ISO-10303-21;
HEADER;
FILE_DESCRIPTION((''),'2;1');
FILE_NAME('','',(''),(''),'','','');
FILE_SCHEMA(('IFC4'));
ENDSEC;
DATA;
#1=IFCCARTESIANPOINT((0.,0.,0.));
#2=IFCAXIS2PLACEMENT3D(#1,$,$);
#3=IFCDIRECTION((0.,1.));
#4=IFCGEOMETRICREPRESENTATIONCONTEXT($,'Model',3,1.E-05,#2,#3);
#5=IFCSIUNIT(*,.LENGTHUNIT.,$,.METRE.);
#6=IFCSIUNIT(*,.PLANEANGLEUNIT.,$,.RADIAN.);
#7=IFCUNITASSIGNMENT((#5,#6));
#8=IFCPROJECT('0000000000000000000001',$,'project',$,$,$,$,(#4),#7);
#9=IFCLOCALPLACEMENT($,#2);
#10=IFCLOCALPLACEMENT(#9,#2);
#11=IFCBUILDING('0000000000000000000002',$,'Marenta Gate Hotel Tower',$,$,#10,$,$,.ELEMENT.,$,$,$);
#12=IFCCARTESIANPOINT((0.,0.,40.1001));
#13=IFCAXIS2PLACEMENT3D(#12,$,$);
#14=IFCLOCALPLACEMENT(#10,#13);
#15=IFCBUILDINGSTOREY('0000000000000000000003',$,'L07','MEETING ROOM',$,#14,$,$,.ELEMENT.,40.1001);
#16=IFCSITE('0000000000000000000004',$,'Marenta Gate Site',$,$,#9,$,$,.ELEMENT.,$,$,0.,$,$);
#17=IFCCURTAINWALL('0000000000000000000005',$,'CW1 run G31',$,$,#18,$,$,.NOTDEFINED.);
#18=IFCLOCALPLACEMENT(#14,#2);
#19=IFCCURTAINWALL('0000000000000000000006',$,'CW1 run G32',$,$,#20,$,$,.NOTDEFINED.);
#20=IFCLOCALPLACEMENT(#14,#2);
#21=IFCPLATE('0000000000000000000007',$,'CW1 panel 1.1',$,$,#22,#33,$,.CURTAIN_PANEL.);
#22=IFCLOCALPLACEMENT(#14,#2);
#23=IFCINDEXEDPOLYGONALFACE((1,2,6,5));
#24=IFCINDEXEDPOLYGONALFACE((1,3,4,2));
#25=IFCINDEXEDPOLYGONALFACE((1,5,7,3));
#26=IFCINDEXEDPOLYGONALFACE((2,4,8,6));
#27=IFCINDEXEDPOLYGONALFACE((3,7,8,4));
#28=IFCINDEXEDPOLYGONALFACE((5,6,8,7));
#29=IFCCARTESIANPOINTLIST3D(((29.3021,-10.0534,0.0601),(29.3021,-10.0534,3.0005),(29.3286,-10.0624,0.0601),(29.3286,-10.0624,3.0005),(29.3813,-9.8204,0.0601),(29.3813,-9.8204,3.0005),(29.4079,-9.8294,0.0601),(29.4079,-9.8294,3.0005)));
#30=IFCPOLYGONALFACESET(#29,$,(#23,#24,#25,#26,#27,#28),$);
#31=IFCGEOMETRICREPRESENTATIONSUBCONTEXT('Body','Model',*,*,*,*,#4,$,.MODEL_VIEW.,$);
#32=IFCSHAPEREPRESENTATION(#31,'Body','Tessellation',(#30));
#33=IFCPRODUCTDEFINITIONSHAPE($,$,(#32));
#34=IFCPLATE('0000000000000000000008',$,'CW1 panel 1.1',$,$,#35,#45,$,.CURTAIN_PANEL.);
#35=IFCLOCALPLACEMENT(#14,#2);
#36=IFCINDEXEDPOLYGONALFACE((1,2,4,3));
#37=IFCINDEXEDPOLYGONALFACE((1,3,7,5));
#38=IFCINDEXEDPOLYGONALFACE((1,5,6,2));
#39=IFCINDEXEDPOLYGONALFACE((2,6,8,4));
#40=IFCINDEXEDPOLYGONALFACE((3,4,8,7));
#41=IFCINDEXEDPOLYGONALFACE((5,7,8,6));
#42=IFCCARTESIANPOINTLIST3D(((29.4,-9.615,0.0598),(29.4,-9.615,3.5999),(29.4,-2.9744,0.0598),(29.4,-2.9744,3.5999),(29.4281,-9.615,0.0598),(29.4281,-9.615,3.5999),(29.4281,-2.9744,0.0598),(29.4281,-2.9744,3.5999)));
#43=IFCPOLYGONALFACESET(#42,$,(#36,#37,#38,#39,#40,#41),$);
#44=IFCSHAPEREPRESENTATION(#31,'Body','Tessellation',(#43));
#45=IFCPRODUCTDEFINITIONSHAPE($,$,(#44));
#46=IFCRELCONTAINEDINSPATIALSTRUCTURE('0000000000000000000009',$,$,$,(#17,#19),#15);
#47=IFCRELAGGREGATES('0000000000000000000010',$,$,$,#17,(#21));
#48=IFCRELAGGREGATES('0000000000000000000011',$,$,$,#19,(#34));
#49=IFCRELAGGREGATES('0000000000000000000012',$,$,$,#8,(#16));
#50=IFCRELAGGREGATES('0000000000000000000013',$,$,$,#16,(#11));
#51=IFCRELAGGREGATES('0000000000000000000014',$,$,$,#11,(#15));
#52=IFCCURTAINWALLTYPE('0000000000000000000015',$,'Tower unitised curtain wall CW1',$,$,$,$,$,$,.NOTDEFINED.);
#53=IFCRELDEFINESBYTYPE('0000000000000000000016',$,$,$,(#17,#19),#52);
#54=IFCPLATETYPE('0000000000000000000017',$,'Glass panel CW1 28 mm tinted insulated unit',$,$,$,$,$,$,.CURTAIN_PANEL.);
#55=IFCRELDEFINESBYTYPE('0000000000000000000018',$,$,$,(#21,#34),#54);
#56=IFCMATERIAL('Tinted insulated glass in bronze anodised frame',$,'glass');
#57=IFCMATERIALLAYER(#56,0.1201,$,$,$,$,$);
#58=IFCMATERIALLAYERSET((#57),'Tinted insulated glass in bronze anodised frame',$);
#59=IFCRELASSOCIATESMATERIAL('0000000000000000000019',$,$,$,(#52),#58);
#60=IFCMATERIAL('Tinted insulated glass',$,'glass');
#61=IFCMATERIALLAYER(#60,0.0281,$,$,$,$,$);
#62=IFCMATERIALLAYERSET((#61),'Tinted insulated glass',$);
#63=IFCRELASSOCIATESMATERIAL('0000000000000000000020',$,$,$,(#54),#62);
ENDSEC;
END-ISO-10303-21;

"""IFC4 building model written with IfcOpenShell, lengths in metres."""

from ifc_helpers import new_model, si_unit, direction, frame, origin, origin_2d, place, context, subcontext, project, spatial, rectangle, extrude, material, layer, layer_set, type_object, element, aggregate, save


model = new_model("IFC4")

# Units and contexts
model_context = context("Model", 3, precision=1e-05, world=origin(), true_north=direction((0.0, 1.0)))
body_context = subcontext(model_context, "Body", "Model", "MODEL_VIEW")
ifc_project = project(units=[si_unit("LENGTHUNIT", "METRE"), si_unit("PLANEANGLEUNIT", "RADIAN")], contexts=[model_context])

# Site, building, storey
site_placement = place(None, origin())
site = spatial("IfcSite", under=ifc_project, at=site_placement, Name="Marenta Gate Site", CompositionType="ELEMENT", RefElevation=0.0)
building_placement = place(site_placement, origin())
building = spatial("IfcBuilding", under=site, at=building_placement, Name="Marenta Gate Hotel Tower", CompositionType="ELEMENT")
storey_placement = place(building_placement, frame((0.0, 0.0, 40.1001)))
storey = spatial("IfcBuildingStorey", under=building, at=storey_placement, Name="L07", Description="MEETING ROOM", CompositionType="ELEMENT", Elevation=40.1001)

# Shared definitions
ifc_material_1 = material(Name="Tinted insulated glass in bronze anodised frame", Category="glass")
ifc_layer_1 = layer(ifc_material_1, 0.1201)
ifc_layer_set_1 = layer_set([ifc_layer_1], Name="Tinted insulated glass in bronze anodised frame")
curtain_wall_type = type_object("IfcCurtainWallType", Name="Tower unitised curtain wall CW1", PredefinedType="NOTDEFINED", material=ifc_layer_set_1)

# Curtain walls
curtain_wall_1_placement = place(storey_placement, origin())
curtain_wall_1 = element("IfcCurtainWall", 1, at=curtain_wall_1_placement, inside=storey, type_object=curtain_wall_type, Name="CW1 run G31", PredefinedType="NOTDEFINED")
curtain_wall_2_placement = place(storey_placement, origin())
curtain_wall_2 = element("IfcCurtainWall", 2, at=curtain_wall_2_placement, inside=storey, type_object=curtain_wall_type, Name="CW1 run G32", PredefinedType="NOTDEFINED")

# Shared definitions
ifc_material_2 = material(Name="Tinted insulated glass", Category="glass")
ifc_layer_2 = layer(ifc_material_2, 0.0281)
ifc_layer_set_2 = layer_set([ifc_layer_2], Name="Tinted insulated glass")
plate_type = type_object("IfcPlateType", Name="Glass panel CW1 28 mm tinted insulated unit", PredefinedType="CURTAIN_PANEL", material=ifc_layer_set_2)

# Plates
plate_1_placement = place(storey_placement, frame((29.355, -9.9414, 0.0601), z_axis=(0.0, 0.0, 1.0), x_axis=(0.32204, 0.946726, 0.0)))
plate_1 = element("IfcPlate", 3, at=plate_1_placement, type_object=plate_type, Name="CW1 panel 1.1", PredefinedType="CURTAIN_PANEL", context=body_context, shape_type="SweptSolid", body=[
    extrude(rectangle(XDim=0.2461, YDim=0.0281, at=origin_2d()), origin(), (0.0, 0.0, 1.0), 2.9404),
])
aggregate(curtain_wall_1, [plate_1])
plate_2_placement = place(storey_placement, frame((29.4141, -6.2947, 0.0598), z_axis=(0.0, 0.0, 1.0), x_axis=(0.0, 1.0, 0.0)))
plate_2 = element("IfcPlate", 4, at=plate_2_placement, type_object=plate_type, Name="CW1 panel 1.1", PredefinedType="CURTAIN_PANEL", context=body_context, shape_type="SweptSolid", body=[
    extrude(rectangle(XDim=6.6406, YDim=0.0281, at=origin_2d()), origin(), (0.0, 0.0, 1.0), 3.54),
])
aggregate(curtain_wall_2, [plate_2])

save(model, "model.ifc")
